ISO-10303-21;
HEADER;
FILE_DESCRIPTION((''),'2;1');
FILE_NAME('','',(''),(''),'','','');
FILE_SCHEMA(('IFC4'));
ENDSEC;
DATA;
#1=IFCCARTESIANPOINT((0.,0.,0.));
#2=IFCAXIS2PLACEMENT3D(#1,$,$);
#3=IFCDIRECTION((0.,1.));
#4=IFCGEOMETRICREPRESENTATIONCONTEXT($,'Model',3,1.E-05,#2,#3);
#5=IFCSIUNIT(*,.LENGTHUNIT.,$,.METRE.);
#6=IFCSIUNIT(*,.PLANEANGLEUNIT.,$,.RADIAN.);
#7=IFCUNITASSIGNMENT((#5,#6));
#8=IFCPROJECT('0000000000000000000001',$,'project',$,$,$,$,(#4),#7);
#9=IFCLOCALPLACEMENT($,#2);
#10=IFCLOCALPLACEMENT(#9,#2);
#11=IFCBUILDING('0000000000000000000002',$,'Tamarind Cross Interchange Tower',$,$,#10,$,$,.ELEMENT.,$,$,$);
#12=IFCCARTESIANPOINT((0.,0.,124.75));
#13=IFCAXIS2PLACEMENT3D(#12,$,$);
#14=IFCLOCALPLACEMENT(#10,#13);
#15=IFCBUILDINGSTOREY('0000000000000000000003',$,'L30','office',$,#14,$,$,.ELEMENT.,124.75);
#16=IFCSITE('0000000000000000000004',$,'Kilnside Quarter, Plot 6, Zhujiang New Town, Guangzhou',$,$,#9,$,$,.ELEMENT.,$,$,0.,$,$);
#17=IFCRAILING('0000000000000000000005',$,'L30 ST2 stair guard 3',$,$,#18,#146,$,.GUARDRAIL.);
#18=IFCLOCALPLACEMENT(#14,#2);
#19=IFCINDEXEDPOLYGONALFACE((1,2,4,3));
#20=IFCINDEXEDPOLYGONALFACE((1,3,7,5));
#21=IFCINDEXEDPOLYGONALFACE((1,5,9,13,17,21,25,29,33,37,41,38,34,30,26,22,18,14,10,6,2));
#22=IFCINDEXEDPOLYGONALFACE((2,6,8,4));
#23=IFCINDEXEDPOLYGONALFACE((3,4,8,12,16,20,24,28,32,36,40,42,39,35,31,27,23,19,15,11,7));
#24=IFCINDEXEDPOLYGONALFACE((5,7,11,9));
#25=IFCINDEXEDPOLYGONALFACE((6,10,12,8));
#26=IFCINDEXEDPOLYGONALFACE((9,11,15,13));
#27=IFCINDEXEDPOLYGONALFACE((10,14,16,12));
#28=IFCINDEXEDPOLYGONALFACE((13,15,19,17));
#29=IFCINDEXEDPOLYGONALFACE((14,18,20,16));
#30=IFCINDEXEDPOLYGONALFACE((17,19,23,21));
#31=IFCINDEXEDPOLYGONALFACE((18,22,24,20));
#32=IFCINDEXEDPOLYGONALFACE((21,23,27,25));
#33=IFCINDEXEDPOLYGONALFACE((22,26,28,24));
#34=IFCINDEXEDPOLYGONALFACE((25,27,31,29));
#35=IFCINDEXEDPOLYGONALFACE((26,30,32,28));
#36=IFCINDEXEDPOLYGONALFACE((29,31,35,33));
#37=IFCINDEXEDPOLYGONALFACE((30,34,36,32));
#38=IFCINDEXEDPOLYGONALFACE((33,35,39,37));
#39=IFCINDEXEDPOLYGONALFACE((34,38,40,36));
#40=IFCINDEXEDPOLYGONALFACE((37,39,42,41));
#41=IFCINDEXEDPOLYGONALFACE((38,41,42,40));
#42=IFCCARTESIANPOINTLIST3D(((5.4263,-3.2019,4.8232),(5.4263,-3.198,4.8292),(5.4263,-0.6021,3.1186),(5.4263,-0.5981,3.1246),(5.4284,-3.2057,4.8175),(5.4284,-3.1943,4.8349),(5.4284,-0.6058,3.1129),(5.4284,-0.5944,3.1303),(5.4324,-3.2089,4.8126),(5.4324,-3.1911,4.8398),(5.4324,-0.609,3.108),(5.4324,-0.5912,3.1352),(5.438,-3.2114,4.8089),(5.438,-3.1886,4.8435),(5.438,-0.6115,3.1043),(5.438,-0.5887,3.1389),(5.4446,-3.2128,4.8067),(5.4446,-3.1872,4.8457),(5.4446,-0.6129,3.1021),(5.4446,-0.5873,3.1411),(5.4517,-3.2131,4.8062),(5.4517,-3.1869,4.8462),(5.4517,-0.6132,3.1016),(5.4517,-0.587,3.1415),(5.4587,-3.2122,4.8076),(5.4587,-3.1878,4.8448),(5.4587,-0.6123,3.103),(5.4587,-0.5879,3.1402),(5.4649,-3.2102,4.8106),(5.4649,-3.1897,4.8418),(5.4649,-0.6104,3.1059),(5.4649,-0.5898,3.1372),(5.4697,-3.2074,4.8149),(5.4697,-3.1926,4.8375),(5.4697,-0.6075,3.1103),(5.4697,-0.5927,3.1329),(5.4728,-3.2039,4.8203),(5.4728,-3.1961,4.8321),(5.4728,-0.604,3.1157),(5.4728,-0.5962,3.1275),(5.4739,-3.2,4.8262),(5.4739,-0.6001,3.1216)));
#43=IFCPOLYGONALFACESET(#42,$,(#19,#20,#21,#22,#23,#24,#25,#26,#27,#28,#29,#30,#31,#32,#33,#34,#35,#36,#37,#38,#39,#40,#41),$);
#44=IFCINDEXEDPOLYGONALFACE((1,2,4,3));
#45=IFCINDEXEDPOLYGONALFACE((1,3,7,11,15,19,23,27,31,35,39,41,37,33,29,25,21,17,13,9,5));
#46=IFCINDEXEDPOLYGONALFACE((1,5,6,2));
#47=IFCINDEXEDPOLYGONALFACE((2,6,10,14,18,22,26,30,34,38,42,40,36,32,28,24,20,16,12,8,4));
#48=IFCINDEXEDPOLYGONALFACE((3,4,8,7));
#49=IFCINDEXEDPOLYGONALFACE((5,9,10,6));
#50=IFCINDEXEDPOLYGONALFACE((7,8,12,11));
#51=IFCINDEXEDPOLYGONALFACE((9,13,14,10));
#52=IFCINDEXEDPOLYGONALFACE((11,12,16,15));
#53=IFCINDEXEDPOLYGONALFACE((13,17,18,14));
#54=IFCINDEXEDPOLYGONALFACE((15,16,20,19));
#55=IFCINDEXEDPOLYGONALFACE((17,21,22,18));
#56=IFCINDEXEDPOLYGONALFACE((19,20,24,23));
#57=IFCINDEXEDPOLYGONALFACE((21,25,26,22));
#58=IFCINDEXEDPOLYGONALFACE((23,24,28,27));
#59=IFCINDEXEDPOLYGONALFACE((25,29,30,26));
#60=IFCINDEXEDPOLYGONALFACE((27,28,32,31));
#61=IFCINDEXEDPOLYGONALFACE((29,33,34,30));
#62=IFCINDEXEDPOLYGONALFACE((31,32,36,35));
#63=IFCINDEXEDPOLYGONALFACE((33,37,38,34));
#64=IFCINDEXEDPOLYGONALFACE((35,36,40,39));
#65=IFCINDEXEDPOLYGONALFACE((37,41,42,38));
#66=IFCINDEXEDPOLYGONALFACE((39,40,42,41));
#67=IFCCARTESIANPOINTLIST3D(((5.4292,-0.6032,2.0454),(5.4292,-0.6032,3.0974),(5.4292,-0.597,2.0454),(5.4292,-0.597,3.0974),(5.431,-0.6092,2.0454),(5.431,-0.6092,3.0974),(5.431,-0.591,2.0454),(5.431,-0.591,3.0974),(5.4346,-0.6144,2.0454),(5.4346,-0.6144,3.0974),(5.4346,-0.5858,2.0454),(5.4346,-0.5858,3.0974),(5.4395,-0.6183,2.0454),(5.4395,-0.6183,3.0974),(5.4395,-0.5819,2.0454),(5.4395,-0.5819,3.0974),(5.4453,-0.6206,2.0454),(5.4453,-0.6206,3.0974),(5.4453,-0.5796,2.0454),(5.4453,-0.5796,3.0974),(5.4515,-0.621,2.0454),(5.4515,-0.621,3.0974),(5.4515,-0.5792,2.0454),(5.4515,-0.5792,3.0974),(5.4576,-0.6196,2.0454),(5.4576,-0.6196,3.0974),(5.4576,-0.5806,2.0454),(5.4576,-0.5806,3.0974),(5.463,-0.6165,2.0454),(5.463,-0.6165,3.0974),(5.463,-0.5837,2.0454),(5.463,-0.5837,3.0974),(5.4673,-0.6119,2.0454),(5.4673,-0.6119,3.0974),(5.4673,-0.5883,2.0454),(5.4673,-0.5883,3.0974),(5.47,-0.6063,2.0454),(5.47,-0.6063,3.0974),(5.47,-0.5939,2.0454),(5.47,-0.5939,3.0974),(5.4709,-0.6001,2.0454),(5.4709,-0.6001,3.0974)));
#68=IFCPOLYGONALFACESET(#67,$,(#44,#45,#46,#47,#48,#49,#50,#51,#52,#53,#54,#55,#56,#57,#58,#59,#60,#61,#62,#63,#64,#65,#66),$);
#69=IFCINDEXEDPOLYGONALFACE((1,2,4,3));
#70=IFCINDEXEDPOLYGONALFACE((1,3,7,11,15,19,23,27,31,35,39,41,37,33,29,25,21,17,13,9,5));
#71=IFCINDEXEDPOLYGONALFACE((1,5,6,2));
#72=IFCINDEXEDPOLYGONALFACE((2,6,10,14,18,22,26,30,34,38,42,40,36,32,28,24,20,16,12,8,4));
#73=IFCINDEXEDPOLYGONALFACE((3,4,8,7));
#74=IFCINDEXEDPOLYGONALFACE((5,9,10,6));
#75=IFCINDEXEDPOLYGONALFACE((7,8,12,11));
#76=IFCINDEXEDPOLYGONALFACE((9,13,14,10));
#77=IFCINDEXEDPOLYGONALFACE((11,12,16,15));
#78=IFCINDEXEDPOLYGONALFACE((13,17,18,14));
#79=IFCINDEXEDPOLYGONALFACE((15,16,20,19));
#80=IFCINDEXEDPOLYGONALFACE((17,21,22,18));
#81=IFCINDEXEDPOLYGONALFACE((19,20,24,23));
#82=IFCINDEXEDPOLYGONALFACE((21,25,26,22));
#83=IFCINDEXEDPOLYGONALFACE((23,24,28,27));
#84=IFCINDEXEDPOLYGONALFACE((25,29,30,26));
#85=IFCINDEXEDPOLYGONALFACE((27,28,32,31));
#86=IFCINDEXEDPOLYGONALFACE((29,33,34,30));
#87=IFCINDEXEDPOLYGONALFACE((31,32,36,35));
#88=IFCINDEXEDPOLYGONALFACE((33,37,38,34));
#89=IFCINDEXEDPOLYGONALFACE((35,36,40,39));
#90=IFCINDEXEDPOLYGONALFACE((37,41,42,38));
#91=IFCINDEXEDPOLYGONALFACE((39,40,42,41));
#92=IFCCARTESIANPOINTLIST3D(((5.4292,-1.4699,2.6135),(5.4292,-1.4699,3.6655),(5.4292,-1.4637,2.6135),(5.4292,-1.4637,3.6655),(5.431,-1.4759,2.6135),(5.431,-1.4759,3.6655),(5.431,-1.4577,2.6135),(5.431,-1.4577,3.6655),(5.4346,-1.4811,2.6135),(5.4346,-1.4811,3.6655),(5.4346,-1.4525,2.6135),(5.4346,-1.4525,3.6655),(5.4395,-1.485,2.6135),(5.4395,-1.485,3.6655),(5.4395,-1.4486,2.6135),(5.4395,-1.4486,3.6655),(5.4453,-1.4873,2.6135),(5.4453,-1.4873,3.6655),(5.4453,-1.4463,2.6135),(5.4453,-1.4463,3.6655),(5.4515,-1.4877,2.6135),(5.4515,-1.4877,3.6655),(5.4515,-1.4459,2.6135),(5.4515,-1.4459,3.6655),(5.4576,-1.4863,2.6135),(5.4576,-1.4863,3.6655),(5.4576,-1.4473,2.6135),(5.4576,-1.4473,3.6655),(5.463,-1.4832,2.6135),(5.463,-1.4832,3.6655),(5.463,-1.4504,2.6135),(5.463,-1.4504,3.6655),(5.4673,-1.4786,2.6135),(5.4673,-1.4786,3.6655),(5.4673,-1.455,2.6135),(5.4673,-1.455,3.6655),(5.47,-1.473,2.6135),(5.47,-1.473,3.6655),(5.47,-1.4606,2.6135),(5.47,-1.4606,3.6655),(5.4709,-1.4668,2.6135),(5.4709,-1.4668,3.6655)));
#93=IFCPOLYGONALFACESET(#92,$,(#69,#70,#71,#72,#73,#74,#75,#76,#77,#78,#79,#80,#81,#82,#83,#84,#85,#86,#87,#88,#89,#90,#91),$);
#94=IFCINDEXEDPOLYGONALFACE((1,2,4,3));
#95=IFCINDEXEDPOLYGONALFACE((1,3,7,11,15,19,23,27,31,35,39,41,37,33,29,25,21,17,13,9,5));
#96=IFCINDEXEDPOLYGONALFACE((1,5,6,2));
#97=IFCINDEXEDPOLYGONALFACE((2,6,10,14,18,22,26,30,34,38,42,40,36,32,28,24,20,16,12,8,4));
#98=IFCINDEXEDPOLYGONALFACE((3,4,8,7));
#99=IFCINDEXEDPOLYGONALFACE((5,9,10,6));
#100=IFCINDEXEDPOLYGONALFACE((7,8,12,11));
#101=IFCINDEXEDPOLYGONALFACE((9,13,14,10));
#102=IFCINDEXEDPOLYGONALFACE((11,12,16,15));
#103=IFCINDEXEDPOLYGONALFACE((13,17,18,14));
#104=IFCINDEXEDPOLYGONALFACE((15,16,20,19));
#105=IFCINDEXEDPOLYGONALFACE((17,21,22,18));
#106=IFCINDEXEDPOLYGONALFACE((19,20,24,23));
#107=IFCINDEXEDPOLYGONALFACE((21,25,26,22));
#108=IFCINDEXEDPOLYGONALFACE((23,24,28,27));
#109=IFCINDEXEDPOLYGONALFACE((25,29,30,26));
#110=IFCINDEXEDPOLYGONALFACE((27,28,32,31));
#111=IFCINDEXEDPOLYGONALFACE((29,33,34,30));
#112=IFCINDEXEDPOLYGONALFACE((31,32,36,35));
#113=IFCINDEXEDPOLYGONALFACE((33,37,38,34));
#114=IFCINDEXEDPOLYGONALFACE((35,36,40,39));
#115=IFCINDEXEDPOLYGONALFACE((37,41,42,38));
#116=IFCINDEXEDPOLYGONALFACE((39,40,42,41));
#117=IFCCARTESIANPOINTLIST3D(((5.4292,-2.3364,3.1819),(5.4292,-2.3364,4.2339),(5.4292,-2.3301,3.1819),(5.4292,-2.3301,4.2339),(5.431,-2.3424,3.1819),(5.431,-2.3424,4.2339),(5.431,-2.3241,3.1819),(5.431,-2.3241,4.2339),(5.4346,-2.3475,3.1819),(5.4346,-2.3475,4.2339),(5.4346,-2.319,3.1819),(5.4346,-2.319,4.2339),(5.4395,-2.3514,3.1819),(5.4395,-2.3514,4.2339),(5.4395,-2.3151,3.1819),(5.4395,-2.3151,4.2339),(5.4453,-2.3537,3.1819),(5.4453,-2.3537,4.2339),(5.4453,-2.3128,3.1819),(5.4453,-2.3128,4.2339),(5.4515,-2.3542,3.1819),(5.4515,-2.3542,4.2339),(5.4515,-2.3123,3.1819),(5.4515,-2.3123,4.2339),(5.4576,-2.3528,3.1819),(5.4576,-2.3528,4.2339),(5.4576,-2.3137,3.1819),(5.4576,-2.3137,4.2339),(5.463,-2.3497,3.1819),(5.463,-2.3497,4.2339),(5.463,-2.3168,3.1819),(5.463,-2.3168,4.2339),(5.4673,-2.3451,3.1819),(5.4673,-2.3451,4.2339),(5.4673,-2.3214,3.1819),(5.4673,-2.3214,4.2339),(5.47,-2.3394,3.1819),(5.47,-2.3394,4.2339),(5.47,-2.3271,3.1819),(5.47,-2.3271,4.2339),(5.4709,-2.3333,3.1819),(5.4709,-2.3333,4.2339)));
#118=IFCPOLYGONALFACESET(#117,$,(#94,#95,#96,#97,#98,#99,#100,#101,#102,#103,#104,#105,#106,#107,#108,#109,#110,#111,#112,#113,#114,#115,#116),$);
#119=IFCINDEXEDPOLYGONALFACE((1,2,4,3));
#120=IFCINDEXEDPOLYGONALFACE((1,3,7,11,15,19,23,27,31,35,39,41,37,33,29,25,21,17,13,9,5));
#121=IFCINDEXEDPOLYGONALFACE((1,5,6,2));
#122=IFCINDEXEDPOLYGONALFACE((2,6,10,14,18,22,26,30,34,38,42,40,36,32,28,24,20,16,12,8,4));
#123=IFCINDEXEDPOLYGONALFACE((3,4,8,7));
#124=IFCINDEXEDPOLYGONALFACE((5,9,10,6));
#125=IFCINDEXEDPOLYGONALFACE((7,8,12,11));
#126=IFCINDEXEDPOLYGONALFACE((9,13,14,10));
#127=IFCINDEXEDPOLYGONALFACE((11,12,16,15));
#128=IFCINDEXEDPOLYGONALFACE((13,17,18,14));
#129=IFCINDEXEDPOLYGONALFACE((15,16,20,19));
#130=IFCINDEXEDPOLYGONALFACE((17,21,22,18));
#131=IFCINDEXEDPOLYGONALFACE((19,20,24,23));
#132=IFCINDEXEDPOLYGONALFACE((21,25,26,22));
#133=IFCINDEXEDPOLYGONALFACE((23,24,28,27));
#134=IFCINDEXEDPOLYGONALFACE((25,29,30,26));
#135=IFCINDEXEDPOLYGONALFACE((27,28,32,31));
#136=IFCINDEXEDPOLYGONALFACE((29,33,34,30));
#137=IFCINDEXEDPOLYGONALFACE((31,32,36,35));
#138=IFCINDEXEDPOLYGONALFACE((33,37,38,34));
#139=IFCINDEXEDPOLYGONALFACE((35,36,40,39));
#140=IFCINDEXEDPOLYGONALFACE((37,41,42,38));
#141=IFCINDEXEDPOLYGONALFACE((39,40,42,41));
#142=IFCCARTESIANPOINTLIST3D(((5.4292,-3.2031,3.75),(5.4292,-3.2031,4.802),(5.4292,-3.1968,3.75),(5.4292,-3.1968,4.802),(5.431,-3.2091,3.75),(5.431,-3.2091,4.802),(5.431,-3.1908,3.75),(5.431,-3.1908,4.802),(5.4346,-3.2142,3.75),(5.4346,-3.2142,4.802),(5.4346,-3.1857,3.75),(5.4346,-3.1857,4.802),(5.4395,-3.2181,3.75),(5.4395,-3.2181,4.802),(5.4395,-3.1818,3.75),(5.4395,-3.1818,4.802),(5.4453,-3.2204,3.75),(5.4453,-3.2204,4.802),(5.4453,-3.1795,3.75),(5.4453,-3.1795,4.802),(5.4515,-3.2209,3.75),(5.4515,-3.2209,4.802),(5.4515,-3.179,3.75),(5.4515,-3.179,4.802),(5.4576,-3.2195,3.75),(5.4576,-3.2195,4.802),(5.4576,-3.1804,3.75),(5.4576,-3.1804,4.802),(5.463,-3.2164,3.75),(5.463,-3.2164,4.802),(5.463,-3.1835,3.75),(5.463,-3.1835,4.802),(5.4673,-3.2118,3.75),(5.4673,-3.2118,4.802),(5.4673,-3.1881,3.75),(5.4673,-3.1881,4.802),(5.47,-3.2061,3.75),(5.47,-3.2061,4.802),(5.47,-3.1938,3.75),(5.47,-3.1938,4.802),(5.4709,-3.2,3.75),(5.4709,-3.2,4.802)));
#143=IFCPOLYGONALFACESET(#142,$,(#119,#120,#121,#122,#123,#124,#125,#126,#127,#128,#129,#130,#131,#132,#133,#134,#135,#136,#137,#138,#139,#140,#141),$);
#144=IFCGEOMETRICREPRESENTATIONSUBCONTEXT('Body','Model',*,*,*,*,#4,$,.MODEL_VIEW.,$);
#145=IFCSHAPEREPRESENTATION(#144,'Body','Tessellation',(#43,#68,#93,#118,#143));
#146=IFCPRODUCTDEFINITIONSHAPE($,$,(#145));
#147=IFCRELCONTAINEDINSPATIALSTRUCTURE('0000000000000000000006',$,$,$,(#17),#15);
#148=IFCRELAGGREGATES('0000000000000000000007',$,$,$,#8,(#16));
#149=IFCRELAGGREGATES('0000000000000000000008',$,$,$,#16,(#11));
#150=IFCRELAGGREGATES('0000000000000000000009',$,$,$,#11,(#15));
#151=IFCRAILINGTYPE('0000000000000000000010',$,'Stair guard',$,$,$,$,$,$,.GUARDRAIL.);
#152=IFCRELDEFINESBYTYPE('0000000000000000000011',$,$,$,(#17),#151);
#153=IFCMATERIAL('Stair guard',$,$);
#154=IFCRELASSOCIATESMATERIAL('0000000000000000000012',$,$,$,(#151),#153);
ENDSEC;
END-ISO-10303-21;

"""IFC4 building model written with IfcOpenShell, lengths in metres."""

from ifc_helpers import new_model, si_unit, direction, frame, origin, origin_2d, place, context, subcontext, project, spatial, circle, extrude, material, type_object, element, save


model = new_model("IFC4")

# Units and contexts
model_context = context("Model", 3, precision=1e-05, world=origin(), true_north=direction((0.0, 1.0)))
body_context = subcontext(model_context, "Body", "Model", "MODEL_VIEW")
ifc_project = project(units=[si_unit("LENGTHUNIT", "METRE"), si_unit("PLANEANGLEUNIT", "RADIAN")], contexts=[model_context])

# Site, building, storey
site_placement = place(None, origin())
site = spatial("IfcSite", under=ifc_project, at=site_placement, Name="Kilnside Quarter, Plot 6, Zhujiang New Town, Guangzhou", CompositionType="ELEMENT", RefElevation=0.0)
building_placement = place(site_placement, origin())
building = spatial("IfcBuilding", under=site, at=building_placement, Name="Tamarind Cross Interchange Tower", CompositionType="ELEMENT")
storey_placement = place(building_placement, frame((0.0, 0.0, 124.75)))
storey = spatial("IfcBuildingStorey", under=building, at=storey_placement, Name="L30", Description="office", CompositionType="ELEMENT", Elevation=124.75)

# Railing
ifc_material_1 = material(Name="Stair guard")
railing_type_1 = type_object("IfcRailingType", Name="Stair guard", PredefinedType="GUARDRAIL", material=ifc_material_1)
railing_1_placement = place(storey_placement, frame((5.45, -0.6001, 2.0454)))
element("IfcRailing", 1, at=railing_1_placement, inside=storey, type_object=railing_type_1, Name="L30 ST2 stair guard 3", PredefinedType="GUARDRAIL", context=body_context, shape_type="SweptSolid", body=[
    extrude(circle(Radius=0.0239, at=origin_2d()), frame((0.0, 0.0, 1.0762), z_axis=(0.0, -0.836279, 0.548305), x_axis=(1.0, 0.0, 0.0)), (0.0, 0.0, 1.0), 3.1089),
    extrude(circle(Radius=0.021, at=origin_2d()), origin(), (0.0, 0.0, 1.0), 1.052),
    extrude(circle(Radius=0.021, at=origin_2d()), frame((0.0, -0.8667, 0.5681)), (0.0, 0.0, 1.0), 1.052),
    extrude(circle(Radius=0.021, at=origin_2d()), frame((0.0, -1.7332, 1.1365)), (0.0, 0.0, 1.0), 1.052),
    extrude(circle(Radius=0.021, at=origin_2d()), frame((0.0, -2.5999, 1.7046)), (0.0, 0.0, 1.0), 1.052),
])

save(model, "model.ifc")
